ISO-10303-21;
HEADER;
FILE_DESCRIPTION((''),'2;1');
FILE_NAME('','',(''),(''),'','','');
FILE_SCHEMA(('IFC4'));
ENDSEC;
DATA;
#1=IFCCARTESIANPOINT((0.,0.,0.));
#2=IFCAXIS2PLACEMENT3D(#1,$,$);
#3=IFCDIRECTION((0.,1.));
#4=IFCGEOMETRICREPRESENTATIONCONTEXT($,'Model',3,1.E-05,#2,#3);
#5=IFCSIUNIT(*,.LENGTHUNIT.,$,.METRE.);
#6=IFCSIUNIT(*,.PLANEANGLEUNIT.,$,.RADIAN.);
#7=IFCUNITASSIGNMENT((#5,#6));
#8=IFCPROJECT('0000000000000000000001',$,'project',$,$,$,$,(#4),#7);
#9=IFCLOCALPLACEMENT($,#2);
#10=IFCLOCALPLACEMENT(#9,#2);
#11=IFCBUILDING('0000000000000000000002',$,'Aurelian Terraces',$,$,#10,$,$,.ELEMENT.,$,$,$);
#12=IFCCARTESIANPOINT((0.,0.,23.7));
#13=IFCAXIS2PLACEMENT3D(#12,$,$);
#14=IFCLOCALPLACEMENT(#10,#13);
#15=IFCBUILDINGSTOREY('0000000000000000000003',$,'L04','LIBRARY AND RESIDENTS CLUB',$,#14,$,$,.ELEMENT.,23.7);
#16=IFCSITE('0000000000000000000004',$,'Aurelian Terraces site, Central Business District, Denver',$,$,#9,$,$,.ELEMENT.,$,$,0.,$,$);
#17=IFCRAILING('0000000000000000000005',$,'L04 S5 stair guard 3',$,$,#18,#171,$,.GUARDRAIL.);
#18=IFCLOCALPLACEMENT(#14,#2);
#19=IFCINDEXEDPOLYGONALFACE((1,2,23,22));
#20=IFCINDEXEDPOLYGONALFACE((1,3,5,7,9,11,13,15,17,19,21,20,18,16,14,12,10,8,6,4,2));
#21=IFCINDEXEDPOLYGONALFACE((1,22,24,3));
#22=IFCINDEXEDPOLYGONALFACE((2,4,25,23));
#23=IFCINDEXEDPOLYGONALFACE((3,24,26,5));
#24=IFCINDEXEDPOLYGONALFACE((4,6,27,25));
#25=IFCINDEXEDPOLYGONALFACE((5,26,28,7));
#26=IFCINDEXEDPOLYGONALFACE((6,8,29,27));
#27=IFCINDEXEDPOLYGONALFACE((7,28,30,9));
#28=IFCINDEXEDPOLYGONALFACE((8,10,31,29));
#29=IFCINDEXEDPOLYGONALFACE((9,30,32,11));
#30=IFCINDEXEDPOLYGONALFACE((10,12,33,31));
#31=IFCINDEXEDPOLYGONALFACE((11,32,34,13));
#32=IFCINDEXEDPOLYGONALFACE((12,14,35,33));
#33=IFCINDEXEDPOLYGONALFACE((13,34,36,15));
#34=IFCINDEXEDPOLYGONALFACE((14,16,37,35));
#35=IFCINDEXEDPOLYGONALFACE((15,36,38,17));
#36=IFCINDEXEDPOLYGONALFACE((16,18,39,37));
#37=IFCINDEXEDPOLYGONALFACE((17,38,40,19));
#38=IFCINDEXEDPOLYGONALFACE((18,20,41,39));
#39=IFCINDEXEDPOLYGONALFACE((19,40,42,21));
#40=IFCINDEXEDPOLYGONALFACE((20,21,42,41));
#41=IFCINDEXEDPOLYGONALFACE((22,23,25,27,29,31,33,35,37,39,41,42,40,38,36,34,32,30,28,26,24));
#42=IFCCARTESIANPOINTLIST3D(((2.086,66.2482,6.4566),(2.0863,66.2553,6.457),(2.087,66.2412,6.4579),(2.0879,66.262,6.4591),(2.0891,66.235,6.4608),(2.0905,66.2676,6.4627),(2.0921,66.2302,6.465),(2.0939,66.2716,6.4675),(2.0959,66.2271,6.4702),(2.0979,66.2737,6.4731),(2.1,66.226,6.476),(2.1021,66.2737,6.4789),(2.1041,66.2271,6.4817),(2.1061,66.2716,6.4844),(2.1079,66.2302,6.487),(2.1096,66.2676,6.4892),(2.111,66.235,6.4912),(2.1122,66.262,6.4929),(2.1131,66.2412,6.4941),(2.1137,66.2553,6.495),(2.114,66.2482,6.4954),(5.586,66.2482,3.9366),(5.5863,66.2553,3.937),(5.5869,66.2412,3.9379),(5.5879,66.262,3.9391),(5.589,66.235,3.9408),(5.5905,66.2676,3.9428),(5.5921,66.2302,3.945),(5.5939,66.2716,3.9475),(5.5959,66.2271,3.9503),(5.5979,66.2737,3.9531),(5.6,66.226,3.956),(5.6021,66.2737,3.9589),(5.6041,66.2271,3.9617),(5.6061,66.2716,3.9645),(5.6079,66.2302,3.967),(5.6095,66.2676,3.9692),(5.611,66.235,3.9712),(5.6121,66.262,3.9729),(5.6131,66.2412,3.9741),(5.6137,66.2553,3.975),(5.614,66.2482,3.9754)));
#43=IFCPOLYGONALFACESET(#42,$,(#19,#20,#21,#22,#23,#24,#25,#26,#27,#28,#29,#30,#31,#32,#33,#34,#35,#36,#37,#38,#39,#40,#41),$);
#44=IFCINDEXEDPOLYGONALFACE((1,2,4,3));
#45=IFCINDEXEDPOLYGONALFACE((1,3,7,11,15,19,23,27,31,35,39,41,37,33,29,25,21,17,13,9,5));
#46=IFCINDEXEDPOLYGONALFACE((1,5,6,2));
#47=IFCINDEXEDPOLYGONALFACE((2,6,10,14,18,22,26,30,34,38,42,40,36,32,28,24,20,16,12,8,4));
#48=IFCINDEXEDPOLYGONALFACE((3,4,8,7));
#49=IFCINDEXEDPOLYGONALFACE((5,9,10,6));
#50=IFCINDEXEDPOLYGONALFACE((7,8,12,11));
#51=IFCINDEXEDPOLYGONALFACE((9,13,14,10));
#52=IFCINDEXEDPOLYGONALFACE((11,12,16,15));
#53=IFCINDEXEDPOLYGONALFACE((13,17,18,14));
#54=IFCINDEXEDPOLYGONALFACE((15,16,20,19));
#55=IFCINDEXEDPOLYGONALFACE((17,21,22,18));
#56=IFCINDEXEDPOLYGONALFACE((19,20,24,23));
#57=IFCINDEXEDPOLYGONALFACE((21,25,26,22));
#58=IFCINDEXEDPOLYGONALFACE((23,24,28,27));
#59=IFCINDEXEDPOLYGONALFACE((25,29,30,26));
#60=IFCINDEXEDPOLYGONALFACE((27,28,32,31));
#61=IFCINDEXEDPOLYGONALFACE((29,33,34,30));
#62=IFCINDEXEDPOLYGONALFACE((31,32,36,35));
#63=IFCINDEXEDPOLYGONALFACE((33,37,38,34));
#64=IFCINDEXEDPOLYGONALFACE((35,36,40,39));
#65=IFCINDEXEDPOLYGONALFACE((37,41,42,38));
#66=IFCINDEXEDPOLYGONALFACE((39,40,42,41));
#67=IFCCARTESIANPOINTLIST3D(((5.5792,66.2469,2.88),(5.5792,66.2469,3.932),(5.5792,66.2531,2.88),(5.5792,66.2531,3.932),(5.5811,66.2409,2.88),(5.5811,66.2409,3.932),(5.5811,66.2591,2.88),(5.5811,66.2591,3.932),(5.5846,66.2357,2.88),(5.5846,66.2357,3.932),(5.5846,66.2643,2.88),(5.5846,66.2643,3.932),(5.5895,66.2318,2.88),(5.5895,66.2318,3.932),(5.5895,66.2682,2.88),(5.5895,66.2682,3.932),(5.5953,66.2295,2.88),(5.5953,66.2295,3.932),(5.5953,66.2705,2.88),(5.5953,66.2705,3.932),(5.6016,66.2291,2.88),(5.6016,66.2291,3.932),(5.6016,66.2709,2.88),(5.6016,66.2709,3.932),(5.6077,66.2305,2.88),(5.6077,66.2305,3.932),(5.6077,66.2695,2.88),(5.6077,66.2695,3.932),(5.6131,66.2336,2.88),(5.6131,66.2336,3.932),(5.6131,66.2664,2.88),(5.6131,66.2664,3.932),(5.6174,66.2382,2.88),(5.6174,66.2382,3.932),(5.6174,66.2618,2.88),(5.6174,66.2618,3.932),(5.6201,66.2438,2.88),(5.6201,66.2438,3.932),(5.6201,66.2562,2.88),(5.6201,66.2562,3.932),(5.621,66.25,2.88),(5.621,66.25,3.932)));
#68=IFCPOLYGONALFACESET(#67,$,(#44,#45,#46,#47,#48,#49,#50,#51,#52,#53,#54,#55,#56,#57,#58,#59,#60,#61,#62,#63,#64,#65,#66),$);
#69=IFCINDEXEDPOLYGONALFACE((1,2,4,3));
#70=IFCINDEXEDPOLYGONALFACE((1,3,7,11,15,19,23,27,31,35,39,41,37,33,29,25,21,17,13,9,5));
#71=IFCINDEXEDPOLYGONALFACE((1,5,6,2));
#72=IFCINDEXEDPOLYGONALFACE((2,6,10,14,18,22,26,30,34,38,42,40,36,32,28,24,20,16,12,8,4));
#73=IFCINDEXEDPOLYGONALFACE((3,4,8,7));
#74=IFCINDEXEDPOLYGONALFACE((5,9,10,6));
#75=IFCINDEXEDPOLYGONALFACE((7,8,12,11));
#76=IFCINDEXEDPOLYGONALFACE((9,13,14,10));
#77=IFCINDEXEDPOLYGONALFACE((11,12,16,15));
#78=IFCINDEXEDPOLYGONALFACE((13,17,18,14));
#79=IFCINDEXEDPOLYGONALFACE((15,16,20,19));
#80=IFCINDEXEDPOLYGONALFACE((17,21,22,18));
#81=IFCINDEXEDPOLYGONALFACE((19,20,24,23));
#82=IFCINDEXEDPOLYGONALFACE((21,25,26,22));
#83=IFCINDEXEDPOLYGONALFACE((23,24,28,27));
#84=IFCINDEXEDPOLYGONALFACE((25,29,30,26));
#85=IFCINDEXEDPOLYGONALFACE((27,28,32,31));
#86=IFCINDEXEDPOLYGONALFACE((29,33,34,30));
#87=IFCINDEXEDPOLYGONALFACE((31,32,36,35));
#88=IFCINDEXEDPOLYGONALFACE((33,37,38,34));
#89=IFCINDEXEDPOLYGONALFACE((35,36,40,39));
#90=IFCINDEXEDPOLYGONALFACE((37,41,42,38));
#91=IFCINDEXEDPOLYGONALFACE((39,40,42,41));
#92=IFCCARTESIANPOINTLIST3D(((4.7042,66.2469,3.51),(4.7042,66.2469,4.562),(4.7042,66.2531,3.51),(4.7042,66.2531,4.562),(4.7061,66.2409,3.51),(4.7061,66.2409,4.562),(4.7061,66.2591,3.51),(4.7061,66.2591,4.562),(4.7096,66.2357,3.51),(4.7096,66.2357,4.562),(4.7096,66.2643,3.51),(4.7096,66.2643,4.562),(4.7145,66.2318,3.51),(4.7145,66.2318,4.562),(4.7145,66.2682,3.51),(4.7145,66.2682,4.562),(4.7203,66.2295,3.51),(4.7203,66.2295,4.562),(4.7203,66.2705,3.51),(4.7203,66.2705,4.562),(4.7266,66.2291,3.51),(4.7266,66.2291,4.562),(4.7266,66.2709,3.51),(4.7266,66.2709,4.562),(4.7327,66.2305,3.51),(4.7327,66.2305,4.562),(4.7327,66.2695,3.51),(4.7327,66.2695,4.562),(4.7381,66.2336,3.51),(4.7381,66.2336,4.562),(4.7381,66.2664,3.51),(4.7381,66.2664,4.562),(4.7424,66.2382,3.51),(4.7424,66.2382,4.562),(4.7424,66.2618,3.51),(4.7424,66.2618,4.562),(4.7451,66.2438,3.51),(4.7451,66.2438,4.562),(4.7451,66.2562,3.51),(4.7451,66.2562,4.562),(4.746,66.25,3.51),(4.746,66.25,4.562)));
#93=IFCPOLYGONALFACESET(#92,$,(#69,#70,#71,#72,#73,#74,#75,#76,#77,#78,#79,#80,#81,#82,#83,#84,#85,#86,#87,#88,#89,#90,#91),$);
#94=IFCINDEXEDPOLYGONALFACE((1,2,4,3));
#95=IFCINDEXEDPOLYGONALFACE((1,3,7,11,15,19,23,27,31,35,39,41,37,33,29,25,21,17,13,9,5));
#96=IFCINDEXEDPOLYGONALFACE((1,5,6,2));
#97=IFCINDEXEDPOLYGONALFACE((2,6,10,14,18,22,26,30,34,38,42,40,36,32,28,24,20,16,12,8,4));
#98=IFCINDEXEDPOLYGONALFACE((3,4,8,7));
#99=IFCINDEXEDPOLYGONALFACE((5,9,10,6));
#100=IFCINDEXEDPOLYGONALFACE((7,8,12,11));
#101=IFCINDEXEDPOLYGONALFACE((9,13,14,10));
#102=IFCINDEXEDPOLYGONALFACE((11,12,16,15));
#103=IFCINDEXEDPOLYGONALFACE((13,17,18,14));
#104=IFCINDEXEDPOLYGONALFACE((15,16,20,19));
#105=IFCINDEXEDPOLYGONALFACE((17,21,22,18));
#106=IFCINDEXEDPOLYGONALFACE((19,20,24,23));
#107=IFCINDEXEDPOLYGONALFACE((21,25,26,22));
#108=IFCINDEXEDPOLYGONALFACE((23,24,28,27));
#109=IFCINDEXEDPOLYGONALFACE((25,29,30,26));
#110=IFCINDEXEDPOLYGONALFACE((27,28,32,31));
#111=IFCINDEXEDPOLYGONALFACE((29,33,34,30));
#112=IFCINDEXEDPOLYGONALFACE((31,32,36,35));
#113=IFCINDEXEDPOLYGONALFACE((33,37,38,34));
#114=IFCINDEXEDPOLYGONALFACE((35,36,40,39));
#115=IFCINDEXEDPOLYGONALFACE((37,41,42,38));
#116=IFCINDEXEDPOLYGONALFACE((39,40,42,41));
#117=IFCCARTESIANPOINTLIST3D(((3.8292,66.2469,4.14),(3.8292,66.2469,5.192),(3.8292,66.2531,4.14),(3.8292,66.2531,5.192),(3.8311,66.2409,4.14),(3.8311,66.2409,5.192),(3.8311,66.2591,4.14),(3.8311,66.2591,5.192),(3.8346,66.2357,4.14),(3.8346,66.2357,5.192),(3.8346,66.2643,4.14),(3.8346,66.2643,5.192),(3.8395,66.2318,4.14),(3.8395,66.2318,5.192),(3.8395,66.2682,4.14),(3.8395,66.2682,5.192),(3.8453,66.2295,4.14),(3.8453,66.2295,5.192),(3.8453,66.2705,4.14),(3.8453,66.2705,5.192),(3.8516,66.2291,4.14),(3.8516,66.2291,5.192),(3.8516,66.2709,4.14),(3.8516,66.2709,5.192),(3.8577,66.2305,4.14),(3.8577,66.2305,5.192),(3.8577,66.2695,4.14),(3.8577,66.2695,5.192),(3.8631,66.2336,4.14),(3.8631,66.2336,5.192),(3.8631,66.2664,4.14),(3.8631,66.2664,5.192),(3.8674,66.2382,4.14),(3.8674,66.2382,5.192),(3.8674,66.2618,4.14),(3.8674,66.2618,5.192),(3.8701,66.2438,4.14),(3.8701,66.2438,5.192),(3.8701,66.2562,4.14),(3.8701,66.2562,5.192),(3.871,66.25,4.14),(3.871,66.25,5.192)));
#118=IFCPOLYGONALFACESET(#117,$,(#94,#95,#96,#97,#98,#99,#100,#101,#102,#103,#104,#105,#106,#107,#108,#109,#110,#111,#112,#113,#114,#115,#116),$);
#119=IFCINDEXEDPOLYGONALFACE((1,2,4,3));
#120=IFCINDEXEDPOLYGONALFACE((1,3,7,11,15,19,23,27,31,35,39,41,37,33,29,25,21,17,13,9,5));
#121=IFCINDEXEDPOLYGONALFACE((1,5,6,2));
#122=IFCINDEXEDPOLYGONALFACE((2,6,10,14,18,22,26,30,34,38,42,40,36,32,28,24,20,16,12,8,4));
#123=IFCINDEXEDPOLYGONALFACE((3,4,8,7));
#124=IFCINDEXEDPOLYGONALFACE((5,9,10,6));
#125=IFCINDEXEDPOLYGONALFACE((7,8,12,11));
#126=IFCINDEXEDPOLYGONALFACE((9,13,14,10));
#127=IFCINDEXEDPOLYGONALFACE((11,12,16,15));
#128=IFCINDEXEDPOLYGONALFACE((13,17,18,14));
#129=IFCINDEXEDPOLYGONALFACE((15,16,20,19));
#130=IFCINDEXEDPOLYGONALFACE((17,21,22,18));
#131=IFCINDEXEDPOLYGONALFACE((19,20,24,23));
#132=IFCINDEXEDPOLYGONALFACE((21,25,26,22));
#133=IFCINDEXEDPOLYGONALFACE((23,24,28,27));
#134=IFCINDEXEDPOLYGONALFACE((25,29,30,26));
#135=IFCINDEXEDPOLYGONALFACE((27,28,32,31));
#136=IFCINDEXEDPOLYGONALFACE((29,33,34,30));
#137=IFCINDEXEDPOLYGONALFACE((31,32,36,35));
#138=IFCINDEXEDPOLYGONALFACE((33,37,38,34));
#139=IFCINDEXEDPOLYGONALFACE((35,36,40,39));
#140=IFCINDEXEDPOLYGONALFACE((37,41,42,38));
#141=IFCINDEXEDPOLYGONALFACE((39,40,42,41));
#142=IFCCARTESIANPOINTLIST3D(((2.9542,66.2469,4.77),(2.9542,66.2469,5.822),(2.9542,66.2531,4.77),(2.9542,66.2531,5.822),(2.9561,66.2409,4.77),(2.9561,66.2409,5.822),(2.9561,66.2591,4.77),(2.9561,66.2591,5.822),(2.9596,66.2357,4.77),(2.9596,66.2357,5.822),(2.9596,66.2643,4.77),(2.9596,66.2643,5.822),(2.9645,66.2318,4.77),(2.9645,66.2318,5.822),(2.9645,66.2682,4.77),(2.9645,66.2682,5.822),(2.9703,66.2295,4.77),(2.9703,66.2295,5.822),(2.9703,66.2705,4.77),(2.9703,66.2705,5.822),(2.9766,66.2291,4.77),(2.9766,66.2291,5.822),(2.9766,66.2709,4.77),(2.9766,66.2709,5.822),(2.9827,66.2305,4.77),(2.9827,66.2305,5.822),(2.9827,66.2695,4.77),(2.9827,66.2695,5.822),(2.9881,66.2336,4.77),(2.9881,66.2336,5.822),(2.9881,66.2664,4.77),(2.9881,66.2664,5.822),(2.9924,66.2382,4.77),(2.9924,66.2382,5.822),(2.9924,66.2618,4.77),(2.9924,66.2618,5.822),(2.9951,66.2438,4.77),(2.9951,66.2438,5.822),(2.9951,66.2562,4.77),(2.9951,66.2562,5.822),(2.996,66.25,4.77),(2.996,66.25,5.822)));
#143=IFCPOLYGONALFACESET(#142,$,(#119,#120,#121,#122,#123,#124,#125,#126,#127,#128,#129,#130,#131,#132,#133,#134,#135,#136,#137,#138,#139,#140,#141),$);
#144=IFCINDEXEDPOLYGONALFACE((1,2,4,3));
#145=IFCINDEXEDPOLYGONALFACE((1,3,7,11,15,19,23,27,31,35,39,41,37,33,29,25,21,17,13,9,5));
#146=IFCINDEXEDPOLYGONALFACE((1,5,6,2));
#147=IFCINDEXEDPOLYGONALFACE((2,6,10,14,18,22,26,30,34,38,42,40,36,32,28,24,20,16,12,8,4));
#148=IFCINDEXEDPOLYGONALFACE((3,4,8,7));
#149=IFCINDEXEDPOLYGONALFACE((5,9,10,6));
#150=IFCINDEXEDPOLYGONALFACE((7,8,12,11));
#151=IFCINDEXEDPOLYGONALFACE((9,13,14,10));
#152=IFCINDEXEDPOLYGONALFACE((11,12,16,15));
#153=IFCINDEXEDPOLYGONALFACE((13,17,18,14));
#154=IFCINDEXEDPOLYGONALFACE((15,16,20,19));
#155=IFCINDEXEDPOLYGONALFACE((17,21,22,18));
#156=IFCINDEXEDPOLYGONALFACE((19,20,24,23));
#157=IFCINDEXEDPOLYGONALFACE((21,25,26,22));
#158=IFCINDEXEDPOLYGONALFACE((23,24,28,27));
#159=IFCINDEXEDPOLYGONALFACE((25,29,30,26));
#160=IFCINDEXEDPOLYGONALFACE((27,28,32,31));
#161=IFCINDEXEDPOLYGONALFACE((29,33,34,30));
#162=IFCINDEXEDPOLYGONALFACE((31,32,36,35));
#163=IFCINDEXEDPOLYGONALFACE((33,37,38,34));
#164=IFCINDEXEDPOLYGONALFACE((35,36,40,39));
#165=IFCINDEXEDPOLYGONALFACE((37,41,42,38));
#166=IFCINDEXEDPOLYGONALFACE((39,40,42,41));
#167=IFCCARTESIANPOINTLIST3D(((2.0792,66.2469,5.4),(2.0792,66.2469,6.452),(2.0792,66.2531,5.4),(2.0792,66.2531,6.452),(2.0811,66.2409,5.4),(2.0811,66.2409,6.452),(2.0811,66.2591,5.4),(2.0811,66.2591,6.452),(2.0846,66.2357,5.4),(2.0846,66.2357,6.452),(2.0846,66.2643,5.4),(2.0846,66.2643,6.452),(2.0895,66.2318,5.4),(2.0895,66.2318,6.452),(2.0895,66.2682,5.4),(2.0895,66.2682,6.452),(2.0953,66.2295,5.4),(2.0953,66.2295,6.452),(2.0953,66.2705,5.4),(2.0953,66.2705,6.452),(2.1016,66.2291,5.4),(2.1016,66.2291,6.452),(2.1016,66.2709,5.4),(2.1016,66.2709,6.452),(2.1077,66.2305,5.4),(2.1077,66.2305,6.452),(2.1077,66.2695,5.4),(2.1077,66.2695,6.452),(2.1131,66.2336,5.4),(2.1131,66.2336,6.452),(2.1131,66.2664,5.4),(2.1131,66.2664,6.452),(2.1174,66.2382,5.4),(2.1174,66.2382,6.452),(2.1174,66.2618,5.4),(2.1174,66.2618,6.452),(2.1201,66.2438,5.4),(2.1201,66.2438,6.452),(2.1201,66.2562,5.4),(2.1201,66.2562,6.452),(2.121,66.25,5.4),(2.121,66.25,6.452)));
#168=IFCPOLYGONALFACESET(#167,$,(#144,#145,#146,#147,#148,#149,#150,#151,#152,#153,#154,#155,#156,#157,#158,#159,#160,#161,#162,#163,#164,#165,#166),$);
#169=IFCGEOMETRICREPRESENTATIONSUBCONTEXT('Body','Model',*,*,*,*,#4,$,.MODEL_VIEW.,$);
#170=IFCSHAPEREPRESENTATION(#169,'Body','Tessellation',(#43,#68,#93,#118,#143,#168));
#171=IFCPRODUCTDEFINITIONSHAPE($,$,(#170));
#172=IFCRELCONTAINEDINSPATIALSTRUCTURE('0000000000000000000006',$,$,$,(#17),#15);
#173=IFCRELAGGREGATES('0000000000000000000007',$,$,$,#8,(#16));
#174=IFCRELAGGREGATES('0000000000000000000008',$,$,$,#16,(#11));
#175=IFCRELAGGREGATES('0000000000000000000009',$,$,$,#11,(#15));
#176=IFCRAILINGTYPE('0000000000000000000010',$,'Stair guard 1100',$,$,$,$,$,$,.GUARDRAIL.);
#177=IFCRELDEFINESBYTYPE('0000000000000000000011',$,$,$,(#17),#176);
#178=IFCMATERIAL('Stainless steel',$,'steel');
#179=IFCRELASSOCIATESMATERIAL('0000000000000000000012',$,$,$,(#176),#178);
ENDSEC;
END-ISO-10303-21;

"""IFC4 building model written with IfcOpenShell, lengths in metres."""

from ifc_helpers import new_model, si_unit, direction, frame, origin, origin_2d, place, context, subcontext, project, spatial, circle, extrude, source, transform, mapped, material, type_object, element, save


model = new_model("IFC4")

# Units and contexts
model_context = context("Model", 3, precision=1e-05, world=origin(), true_north=direction((0.0, 1.0)))
body_context = subcontext(model_context, "Body", "Model", "MODEL_VIEW")
ifc_project = project(units=[si_unit("LENGTHUNIT", "METRE"), si_unit("PLANEANGLEUNIT", "RADIAN")], contexts=[model_context])

# Site, building, storey
site_placement = place(None, origin())
site = spatial("IfcSite", under=ifc_project, at=site_placement, Name="Aurelian Terraces site, Central Business District, Denver", CompositionType="ELEMENT", RefElevation=0.0)
building_placement = place(site_placement, origin())
building = spatial("IfcBuilding", under=site, at=building_placement, Name="Aurelian Terraces", CompositionType="ELEMENT")
storey_placement = place(building_placement, frame((0.0, 0.0, 23.7)))
storey = spatial("IfcBuildingStorey", under=building, at=storey_placement, Name="L04", Description="LIBRARY AND RESIDENTS CLUB", CompositionType="ELEMENT", Elevation=23.7)

# Railing
ifc_material_1 = material(Name="Stainless steel", Category="steel")
railing_type_1 = type_object("IfcRailingType", Name="Stair guard 1100", PredefinedType="GUARDRAIL", material=ifc_material_1)
shared_shape_1 = source(origin(), body_context, "Body", "SweptSolid", [
    extrude(circle(Radius=0.024, at=origin_2d()), frame((0.0, 0.0, 1.076), z_axis=(-0.811534, 0.0, 0.584305), x_axis=(0.0, -1.0, 0.0)), (0.0, 0.0, 1.0), 4.3128),
    extrude(circle(Radius=0.021, at=origin_2d()), origin(), (0.0, 0.0, 1.0), 1.052),
    extrude(circle(Radius=0.021, at=origin_2d()), frame((-0.875, 0.0, 0.63)), (0.0, 0.0, 1.0), 1.052),
    extrude(circle(Radius=0.021, at=origin_2d()), frame((-1.75, 0.0, 1.26)), (0.0, 0.0, 1.0), 1.052),
    extrude(circle(Radius=0.021, at=origin_2d()), frame((-2.625, 0.0, 1.89)), (0.0, 0.0, 1.0), 1.052),
    extrude(circle(Radius=0.021, at=origin_2d()), frame((-3.5, 0.0, 2.52)), (0.0, 0.0, 1.0), 1.052),
])
railing_1_placement = place(storey_placement, frame((5.6, 66.25, 2.88)))
element("IfcRailing", 1, at=railing_1_placement, inside=storey, type_object=railing_type_1, Name="L04 S5 stair guard 3", PredefinedType="GUARDRAIL", context=body_context, shape_type="MappedRepresentation", body=[
    mapped(shared_shape_1, transform((0.0, 0.0, 0.0), scale=1.0)),
])

save(model, "model.ifc")
